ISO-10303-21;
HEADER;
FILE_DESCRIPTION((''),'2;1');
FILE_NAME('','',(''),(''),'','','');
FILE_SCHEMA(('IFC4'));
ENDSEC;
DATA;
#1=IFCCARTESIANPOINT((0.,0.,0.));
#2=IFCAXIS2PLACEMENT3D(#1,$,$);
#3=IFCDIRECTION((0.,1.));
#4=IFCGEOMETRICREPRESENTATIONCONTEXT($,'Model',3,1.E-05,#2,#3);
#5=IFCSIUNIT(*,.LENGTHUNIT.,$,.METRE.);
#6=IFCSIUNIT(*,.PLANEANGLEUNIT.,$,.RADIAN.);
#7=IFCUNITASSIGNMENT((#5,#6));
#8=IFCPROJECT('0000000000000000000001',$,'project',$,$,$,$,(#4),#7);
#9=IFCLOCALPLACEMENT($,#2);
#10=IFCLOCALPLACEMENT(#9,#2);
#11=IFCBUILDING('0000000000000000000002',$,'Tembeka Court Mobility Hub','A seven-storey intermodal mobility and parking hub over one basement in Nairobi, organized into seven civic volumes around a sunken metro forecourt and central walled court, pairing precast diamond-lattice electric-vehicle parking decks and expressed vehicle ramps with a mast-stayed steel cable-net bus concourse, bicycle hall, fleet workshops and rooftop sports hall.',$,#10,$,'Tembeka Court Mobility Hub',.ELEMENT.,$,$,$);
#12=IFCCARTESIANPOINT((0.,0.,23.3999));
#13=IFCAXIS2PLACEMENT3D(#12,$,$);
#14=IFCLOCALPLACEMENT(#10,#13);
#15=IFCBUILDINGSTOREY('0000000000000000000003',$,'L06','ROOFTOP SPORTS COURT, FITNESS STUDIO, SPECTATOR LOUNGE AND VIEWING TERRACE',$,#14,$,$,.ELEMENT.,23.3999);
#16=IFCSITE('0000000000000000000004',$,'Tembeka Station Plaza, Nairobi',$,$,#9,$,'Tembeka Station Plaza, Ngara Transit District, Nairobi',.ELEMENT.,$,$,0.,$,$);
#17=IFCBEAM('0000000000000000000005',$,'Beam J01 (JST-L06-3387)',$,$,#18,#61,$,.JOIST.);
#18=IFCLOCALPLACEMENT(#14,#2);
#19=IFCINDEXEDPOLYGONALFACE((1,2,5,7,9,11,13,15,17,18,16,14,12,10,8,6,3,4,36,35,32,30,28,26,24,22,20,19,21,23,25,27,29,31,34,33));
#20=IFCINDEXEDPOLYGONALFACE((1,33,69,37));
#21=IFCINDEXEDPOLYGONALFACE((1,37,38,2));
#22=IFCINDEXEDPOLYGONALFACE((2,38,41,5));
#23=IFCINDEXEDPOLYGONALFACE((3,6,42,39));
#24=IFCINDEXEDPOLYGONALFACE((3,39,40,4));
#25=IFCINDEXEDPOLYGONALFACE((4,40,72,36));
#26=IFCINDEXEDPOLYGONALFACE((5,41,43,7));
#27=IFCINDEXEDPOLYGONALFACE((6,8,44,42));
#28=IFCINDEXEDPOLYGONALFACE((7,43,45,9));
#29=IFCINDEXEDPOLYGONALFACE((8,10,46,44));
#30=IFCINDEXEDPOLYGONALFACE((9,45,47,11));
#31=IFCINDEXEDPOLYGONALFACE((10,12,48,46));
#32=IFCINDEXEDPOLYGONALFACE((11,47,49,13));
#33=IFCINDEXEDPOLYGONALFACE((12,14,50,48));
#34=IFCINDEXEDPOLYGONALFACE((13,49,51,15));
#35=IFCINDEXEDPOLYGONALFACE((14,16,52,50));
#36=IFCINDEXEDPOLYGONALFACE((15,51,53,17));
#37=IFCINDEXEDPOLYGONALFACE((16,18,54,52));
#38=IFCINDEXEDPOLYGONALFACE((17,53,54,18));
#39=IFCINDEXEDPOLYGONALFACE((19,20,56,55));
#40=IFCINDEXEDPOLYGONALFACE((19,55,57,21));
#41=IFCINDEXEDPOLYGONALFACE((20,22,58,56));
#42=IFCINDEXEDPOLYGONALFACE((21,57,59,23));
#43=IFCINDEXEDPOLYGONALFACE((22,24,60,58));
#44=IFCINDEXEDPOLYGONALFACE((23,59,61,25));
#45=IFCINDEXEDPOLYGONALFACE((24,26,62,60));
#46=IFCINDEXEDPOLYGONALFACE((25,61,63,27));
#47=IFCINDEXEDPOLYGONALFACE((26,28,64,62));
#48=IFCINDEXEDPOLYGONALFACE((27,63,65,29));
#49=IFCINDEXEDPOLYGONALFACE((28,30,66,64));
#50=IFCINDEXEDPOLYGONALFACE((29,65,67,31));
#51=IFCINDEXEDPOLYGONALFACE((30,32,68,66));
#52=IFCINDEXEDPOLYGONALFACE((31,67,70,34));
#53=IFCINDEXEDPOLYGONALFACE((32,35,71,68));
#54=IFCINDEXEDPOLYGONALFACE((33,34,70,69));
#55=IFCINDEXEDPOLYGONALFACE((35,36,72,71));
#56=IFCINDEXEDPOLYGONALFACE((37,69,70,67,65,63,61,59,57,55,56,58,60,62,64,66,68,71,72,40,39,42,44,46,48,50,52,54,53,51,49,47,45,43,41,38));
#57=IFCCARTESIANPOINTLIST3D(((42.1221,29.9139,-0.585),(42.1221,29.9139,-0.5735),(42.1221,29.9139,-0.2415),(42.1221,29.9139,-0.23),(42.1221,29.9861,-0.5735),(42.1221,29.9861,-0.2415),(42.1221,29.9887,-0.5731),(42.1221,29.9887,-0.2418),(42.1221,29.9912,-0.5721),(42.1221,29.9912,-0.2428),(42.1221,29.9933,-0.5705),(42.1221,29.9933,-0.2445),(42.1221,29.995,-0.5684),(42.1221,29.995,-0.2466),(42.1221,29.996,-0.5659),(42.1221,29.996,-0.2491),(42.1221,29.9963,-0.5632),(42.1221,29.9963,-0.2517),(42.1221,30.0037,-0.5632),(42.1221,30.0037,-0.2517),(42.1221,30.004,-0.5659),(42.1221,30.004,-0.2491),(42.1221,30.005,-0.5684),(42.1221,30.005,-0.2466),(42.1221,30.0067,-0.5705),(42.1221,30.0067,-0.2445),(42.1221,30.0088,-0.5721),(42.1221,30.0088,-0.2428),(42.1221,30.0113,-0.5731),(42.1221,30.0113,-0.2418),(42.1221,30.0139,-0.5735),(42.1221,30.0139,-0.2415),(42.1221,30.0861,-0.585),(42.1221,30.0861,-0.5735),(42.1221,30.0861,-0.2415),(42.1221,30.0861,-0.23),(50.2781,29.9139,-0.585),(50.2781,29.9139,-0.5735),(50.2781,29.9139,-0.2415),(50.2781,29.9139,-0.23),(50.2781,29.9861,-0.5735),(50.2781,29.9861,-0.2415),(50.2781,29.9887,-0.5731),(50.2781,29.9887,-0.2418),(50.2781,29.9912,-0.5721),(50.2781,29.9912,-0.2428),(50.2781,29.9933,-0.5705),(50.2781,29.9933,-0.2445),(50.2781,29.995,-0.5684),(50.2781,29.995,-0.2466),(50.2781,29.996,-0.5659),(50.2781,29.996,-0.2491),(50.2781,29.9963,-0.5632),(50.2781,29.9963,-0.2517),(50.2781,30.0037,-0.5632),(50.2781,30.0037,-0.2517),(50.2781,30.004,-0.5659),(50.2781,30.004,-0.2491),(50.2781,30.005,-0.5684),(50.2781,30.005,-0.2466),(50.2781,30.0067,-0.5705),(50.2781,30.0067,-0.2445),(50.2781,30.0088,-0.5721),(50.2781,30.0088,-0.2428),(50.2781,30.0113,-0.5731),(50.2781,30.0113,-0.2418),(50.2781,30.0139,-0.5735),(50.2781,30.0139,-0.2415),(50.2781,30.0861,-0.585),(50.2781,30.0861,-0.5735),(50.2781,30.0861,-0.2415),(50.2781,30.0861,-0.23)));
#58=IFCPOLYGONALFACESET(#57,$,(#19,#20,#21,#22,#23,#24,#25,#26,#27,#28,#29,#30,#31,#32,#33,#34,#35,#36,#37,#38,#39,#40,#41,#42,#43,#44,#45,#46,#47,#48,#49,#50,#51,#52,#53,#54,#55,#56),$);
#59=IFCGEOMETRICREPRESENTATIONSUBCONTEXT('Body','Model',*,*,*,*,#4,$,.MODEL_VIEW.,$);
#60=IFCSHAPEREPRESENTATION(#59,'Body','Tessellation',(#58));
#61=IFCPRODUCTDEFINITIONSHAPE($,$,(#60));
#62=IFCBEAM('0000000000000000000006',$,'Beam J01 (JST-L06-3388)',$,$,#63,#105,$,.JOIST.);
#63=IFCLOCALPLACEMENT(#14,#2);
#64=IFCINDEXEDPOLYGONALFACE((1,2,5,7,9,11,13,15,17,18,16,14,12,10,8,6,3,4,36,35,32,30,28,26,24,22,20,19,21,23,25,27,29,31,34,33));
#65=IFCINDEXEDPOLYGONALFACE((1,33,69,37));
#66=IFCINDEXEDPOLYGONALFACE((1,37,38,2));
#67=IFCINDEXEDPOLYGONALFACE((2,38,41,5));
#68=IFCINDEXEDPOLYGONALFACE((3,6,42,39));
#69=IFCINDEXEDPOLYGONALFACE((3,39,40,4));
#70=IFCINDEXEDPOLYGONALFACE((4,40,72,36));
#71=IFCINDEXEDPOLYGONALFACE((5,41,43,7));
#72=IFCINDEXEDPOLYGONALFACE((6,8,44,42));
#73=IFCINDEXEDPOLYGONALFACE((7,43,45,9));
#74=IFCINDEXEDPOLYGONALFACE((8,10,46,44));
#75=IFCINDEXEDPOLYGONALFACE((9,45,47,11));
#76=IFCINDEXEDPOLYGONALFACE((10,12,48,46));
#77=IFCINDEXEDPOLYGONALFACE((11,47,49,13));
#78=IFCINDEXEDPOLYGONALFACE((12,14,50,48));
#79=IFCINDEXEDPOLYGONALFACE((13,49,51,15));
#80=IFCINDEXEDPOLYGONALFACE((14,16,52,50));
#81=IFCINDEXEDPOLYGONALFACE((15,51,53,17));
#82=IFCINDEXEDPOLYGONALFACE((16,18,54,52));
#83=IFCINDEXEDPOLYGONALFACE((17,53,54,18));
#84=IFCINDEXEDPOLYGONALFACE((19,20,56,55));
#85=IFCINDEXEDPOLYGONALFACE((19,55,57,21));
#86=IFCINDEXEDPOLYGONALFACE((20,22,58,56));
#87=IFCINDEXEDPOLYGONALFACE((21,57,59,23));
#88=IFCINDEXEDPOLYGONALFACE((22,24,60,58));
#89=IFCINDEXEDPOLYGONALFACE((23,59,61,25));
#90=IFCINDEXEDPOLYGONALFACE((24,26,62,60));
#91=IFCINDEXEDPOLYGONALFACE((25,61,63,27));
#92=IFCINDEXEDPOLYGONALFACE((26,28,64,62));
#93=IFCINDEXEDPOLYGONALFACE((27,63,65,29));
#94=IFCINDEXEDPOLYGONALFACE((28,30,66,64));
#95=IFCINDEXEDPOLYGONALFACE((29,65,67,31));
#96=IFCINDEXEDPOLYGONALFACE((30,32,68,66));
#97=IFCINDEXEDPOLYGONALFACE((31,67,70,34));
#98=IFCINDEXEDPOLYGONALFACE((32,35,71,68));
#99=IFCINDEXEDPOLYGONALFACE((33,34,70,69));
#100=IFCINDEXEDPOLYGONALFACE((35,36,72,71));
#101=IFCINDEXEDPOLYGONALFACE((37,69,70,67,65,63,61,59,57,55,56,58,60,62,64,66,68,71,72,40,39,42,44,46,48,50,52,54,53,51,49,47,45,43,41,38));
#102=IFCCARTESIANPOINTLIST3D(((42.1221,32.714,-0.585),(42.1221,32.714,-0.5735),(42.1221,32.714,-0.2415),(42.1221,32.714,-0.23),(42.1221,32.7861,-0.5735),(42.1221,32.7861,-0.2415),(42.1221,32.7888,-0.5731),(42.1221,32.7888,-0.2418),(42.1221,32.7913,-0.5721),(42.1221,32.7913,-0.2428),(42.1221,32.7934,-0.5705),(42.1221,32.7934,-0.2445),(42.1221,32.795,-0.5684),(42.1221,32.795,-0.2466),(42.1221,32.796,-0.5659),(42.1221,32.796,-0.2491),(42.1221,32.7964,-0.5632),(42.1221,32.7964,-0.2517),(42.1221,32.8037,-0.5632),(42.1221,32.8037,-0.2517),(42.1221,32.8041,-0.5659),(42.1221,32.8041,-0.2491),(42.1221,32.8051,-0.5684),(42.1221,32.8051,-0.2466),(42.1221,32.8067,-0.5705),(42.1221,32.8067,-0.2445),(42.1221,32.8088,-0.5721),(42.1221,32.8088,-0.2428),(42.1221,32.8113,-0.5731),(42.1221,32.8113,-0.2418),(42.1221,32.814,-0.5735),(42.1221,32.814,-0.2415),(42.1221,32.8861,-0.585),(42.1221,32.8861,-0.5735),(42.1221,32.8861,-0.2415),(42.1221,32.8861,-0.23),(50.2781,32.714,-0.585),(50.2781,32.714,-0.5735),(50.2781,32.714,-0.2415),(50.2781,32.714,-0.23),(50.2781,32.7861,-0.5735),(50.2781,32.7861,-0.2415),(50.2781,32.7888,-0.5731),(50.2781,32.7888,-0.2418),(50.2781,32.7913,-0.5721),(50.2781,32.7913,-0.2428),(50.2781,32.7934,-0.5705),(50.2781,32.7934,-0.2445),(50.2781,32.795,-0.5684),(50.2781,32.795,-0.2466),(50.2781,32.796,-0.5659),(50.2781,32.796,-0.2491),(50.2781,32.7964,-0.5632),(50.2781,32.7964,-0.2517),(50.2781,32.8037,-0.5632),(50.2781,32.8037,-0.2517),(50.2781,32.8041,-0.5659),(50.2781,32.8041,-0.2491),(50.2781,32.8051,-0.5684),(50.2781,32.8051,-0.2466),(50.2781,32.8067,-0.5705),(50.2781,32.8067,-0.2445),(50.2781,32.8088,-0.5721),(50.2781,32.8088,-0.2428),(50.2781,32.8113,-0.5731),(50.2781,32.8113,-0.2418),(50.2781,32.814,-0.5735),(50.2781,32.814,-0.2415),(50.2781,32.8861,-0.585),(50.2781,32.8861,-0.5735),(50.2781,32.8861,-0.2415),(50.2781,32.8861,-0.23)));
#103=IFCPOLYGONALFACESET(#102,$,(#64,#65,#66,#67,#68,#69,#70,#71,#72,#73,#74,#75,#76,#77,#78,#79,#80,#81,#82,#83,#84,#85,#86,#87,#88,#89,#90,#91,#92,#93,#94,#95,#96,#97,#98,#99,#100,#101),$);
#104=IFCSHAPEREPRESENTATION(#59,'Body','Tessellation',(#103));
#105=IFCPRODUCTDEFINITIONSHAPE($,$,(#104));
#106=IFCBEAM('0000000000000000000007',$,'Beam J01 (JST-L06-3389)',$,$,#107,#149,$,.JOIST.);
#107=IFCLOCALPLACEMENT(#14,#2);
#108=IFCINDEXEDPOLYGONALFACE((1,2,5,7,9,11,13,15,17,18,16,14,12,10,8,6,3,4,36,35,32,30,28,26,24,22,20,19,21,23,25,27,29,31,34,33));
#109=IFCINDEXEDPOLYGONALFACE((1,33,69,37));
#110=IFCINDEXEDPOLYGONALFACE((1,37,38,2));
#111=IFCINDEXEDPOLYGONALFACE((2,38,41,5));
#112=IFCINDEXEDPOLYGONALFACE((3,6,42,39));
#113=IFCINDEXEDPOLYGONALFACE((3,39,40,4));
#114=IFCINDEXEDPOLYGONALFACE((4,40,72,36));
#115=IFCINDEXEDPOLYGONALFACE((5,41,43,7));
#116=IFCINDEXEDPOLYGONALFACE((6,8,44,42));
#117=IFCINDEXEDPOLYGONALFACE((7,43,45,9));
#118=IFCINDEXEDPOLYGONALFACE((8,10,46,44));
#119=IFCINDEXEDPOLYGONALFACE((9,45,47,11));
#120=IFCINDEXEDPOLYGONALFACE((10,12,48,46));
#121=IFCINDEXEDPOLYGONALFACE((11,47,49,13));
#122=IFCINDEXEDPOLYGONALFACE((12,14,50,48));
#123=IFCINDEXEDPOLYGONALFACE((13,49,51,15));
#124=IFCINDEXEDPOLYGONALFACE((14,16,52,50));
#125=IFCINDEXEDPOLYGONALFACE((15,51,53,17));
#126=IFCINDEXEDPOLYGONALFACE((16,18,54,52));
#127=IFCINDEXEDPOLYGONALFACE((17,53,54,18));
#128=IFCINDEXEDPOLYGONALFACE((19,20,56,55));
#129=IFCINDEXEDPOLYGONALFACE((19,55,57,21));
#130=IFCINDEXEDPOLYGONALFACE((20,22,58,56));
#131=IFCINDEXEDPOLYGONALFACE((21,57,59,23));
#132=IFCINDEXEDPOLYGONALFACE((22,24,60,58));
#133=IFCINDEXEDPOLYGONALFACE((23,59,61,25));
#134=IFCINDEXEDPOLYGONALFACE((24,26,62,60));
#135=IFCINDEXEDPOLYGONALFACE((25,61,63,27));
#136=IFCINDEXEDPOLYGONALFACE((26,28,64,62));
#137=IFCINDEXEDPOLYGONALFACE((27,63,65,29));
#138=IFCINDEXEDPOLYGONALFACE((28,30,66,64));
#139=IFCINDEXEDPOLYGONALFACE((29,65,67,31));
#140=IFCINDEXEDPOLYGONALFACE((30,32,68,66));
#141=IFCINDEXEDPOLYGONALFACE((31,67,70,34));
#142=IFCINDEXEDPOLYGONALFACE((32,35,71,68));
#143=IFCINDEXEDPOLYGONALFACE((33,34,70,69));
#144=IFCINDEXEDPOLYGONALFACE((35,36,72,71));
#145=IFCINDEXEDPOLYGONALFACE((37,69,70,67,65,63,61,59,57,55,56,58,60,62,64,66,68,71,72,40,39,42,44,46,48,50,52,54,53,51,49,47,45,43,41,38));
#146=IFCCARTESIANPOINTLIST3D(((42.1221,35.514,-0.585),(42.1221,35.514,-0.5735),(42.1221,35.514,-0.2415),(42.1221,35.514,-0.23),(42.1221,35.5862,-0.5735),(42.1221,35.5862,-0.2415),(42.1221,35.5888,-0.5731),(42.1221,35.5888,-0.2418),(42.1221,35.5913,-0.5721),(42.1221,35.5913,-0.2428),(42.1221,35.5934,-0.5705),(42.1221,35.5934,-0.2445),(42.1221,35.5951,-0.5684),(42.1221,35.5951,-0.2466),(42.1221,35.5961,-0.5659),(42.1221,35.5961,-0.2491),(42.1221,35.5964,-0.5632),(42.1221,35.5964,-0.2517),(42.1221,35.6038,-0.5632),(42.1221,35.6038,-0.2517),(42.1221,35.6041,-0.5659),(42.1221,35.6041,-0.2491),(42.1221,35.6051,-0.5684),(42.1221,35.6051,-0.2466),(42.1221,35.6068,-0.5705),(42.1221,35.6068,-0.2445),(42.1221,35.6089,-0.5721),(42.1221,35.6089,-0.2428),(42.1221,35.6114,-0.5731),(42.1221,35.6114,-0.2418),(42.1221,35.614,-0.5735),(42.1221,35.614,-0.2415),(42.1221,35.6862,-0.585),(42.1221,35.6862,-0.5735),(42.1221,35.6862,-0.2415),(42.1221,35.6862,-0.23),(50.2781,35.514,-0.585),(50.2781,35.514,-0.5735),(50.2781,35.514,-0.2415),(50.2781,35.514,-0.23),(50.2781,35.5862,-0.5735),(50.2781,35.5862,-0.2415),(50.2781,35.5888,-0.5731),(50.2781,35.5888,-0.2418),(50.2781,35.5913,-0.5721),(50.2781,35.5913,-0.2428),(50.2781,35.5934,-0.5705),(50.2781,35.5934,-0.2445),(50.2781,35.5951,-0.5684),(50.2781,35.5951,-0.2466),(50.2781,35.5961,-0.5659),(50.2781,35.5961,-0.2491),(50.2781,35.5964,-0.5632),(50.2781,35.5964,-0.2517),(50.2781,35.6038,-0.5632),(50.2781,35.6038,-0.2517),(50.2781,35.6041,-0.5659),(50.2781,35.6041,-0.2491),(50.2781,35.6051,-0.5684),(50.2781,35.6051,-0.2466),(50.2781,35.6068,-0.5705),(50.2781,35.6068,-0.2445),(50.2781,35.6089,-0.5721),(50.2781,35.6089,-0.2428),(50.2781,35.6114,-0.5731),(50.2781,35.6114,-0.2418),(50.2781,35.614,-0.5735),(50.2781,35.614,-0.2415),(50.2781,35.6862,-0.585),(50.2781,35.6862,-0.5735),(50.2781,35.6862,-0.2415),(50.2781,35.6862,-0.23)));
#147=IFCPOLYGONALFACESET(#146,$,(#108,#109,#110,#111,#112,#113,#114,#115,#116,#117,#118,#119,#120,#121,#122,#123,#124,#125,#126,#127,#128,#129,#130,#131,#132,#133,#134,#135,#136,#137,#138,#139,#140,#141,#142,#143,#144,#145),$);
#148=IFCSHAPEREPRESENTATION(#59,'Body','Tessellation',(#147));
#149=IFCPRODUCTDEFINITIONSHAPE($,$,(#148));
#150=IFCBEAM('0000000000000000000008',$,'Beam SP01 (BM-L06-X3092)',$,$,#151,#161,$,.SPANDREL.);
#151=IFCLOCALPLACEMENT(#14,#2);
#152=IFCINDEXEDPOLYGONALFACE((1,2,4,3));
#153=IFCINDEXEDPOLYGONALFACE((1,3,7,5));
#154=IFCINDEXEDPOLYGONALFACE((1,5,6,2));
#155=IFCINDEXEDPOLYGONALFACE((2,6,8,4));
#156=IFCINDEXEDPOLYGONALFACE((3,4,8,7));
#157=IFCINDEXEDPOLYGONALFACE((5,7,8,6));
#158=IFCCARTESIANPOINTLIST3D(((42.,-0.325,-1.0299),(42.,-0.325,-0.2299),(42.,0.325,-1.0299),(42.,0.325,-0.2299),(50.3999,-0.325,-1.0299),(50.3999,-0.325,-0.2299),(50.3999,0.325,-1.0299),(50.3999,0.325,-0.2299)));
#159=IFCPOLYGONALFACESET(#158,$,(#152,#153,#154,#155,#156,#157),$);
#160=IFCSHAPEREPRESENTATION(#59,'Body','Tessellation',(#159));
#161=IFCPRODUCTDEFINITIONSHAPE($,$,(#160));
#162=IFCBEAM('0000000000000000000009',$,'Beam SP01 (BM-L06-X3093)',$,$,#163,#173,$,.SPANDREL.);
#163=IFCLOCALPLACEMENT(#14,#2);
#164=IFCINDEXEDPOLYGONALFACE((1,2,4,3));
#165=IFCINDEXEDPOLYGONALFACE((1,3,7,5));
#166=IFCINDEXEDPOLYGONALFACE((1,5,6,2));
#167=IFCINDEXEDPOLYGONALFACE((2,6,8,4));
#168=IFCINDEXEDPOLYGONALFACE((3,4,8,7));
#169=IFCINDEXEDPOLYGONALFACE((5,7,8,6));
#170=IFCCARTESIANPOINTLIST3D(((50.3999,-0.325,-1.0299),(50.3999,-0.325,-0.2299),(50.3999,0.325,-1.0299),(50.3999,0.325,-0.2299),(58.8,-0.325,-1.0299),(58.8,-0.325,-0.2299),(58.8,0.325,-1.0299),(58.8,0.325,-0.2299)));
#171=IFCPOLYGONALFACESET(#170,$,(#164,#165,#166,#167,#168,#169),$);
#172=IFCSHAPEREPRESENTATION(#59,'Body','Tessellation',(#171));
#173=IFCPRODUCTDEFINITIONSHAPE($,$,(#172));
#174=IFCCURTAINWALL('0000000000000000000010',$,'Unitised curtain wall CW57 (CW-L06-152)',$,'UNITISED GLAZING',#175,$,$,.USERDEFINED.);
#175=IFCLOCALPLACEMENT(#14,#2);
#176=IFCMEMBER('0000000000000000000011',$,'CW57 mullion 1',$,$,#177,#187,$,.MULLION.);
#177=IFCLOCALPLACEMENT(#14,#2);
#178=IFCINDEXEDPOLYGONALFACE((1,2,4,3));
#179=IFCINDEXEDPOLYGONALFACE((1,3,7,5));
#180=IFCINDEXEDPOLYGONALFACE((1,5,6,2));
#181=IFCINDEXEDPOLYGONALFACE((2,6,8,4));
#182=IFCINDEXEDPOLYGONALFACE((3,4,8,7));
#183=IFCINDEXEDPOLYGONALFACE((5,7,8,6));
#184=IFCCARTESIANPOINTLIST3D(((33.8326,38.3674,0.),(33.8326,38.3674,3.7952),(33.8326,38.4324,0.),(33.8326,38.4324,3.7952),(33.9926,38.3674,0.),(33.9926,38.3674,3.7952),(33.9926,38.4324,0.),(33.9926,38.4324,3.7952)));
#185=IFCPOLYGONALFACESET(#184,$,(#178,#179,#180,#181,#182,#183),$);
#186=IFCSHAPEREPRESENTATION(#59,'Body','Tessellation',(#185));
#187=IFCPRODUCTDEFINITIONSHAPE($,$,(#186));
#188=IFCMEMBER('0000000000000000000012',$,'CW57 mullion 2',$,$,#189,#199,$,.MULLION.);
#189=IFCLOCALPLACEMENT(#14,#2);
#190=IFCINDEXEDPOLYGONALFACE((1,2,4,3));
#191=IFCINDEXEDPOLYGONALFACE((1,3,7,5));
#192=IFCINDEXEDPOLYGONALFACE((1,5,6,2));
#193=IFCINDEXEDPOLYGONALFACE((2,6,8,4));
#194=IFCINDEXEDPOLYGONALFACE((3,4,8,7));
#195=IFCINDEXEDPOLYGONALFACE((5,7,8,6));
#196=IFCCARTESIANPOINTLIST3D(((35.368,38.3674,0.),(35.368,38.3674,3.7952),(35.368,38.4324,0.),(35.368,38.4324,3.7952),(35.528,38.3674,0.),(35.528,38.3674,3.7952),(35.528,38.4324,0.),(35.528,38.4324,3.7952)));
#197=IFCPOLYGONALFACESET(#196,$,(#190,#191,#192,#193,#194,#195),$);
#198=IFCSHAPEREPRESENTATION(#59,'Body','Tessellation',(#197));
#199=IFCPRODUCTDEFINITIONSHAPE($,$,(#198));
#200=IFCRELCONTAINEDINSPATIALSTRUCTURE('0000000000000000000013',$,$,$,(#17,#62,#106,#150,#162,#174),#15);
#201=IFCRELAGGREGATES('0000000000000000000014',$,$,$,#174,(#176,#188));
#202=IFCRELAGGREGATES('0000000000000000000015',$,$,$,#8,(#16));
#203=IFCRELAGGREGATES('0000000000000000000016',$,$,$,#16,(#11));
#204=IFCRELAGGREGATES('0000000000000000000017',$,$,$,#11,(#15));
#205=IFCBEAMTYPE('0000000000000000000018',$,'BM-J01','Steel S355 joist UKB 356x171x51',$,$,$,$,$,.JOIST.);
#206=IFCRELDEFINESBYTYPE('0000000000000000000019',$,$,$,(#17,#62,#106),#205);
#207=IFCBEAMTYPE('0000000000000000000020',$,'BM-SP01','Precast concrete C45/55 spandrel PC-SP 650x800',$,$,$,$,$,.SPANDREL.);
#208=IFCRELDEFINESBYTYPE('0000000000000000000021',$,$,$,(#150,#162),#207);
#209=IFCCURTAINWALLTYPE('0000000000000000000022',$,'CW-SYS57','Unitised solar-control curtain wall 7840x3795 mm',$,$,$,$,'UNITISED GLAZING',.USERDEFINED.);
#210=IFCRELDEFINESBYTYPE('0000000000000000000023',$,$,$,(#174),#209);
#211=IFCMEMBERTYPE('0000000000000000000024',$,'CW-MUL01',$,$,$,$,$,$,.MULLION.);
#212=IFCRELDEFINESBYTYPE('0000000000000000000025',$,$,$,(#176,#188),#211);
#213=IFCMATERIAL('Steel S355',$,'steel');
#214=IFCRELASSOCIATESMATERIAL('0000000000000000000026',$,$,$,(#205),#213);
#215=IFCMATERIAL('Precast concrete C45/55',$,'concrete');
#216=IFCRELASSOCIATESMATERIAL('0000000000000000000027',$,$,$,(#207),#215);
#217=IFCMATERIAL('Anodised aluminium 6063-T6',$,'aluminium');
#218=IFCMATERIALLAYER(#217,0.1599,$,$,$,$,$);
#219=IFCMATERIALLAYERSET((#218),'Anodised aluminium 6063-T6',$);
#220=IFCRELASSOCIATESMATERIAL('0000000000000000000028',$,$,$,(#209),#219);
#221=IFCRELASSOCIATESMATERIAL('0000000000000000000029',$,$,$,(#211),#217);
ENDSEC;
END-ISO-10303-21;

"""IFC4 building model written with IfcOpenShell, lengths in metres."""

from ifc_helpers import new_model, si_unit, direction, frame, origin, origin_2d, place, context, subcontext, project, spatial, rectangle, i_section, extrude, material, layer, layer_set, material_profile, profile_set, type_object, element, aggregate, save


model = new_model("IFC4")

# Units and contexts
model_context = context("Model", 3, precision=1e-05, world=origin(), true_north=direction((0.0, 1.0)))
body_context = subcontext(model_context, "Body", "Model", "MODEL_VIEW")
ifc_project = project(units=[si_unit("LENGTHUNIT", "METRE"), si_unit("PLANEANGLEUNIT", "RADIAN")], contexts=[model_context])

# Site, building, storey
site_placement = place(None, origin())
site = spatial("IfcSite", under=ifc_project, at=site_placement, Name="Tembeka Station Plaza, Nairobi", LongName="Tembeka Station Plaza, Ngara Transit District, Nairobi", CompositionType="ELEMENT", RefElevation=0.0)
building_placement = place(site_placement, origin())
building = spatial("IfcBuilding", under=site, at=building_placement, Name="Tembeka Court Mobility Hub", Description="A seven-storey intermodal mobility and parking hub over one basement in Nairobi, organized into seven civic volumes around a sunken metro forecourt and central walled court, pairing precast diamond-lattice electric-vehicle parking decks and expressed vehicle ramps with a mast-stayed steel cable-net bus concourse, bicycle hall, fleet workshops and rooftop sports hall.", LongName="Tembeka Court Mobility Hub", CompositionType="ELEMENT")
storey_placement = place(building_placement, frame((0.0, 0.0, 23.3999)))
storey = spatial("IfcBuildingStorey", under=building, at=storey_placement, Name="L06", Description="ROOFTOP SPORTS COURT, FITNESS STUDIO, SPECTATOR LOUNGE AND VIEWING TERRACE", CompositionType="ELEMENT", Elevation=23.3999)

# Beams
ifc_material_1 = material(Name="Steel S355", Category="steel")
ifc_material_profile_1 = material_profile(ifc_material_1, i_section(OverallWidth=0.1721, OverallDepth=0.355, WebThickness=0.0073, FlangeThickness=0.0115, FilletRadius=0.0103, at=origin_2d()), Name="UKB 356x171x51")
ifc_profile_set_1 = profile_set([ifc_material_profile_1], Name="Steel S355")
beam_type_1 = type_object("IfcBeamType", Name="BM-J01", Description="Steel S355 joist UKB 356x171x51", PredefinedType="JOIST", material=ifc_profile_set_1)
for number, where, z_axis, x_axis, name in (
    (1, (42.1221, 30.0, -0.4075), (1.0, 0.0, 0.0), (0.0, 1.0, 0.0), "Beam J01 (JST-L06-3387)"),
    (2, (42.1221, 32.8, -0.4075), (1.0, 0.0, 0.0), (0.0, 1.0, 0.0), "Beam J01 (JST-L06-3388)"),
    (3, (42.1221, 35.6001, -0.4075), (1.0, 0.0, 0.0), (0.0, 1.0, 0.0), "Beam J01 (JST-L06-3389)"),
):
    element("IfcBeam", number, at=place(storey_placement, frame(where, z_axis=z_axis, x_axis=x_axis)), inside=storey, type_object=beam_type_1, Name=name, PredefinedType="JOIST", context=body_context, shape_type="SweptSolid", body=[
        extrude(i_section(OverallWidth=0.1721, OverallDepth=0.355, WebThickness=0.0073, FlangeThickness=0.0115, FilletRadius=0.0103, at=origin_2d()), origin(), (0.0, 0.0, 1.0), 8.156),
    ])
ifc_material_2 = material(Name="Precast concrete C45/55", Category="concrete")
ifc_material_profile_2 = material_profile(ifc_material_2, rectangle(XDim=0.6499, YDim=0.8, at=origin_2d()), Name="PC-SP 650x800")
ifc_profile_set_2 = profile_set([ifc_material_profile_2], Name="Precast concrete C45/55")
beam_type_2 = type_object("IfcBeamType", Name="BM-SP01", Description="Precast concrete C45/55 spandrel PC-SP 650x800", PredefinedType="SPANDREL", material=ifc_profile_set_2)
beam_1_placement = place(storey_placement, frame((42.0, 0.0, -0.6299), z_axis=(1.0, 0.0, 0.0), x_axis=(0.0, 1.0, 0.0)))
element("IfcBeam", 4, at=beam_1_placement, inside=storey, type_object=beam_type_2, Name="Beam SP01 (BM-L06-X3092)", PredefinedType="SPANDREL", context=body_context, shape_type="SweptSolid", body=[
    extrude(rectangle(XDim=0.6499, YDim=0.8, at=origin_2d()), origin(), (0.0, 0.0, 1.0), 8.3999),
])
beam_2_placement = place(storey_placement, frame((50.3999, 0.0, -0.6299), z_axis=(1.0, 0.0, 0.0), x_axis=(0.0, 1.0, 0.0)))
element("IfcBeam", 5, at=beam_2_placement, inside=storey, type_object=beam_type_2, Name="Beam SP01 (BM-L06-X3093)", PredefinedType="SPANDREL", context=body_context, shape_type="SweptSolid", body=[
    extrude(rectangle(XDim=0.6499, YDim=0.8, at=origin_2d()), origin(), (0.0, 0.0, 1.0), 8.4001),
])

# Curtain wall, members
ifc_material_3 = material(Name="Anodised aluminium 6063-T6", Category="aluminium")
ifc_layer_1 = layer(ifc_material_3, 0.1599)
ifc_layer_set_1 = layer_set([ifc_layer_1], Name="Anodised aluminium 6063-T6")
curtain_wall_type = type_object("IfcCurtainWallType", Name="CW-SYS57", Description="Unitised solar-control curtain wall 7840x3795 mm", ElementType="UNITISED GLAZING", PredefinedType="USERDEFINED", material=ifc_layer_set_1)
curtain_wall_placement = place(storey_placement, origin())
curtain_wall = element("IfcCurtainWall", 6, at=curtain_wall_placement, inside=storey, type_object=curtain_wall_type, Name="Unitised curtain wall CW57 (CW-L06-152)", ObjectType="UNITISED GLAZING", PredefinedType="USERDEFINED")
ifc_material_profile_3 = material_profile(ifc_material_3, rectangle(XDim=0.0649, YDim=0.1599, at=origin_2d()), Name="ALU-MUL 65x160")
ifc_profile_set_3 = profile_set([ifc_material_profile_3], Name="Anodised aluminium 6063-T6")
member_type_1 = type_object("IfcMemberType", Name="CW-MUL01", PredefinedType="MULLION", material=ifc_profile_set_3)
member_1_placement = place(storey_placement, frame((33.9126, 38.3999, 0.0), z_axis=(0.0, 0.0, 1.0), x_axis=(0.0, 1.0, 0.0)))
member_1 = element("IfcMember", 7, at=member_1_placement, type_object=member_type_1, Name="CW57 mullion 1", PredefinedType="MULLION", context=body_context, shape_type="SweptSolid", body=[
    extrude(rectangle(XDim=0.0649, YDim=0.1599, at=origin_2d()), origin(), (0.0, 0.0, 1.0), 3.7952),
])
member_2_placement = place(storey_placement, frame((35.448, 38.3999, 0.0), z_axis=(0.0, 0.0, 1.0), x_axis=(0.0, 1.0, 0.0)))
member_2 = element("IfcMember", 8, at=member_2_placement, type_object=member_type_1, Name="CW57 mullion 2", PredefinedType="MULLION", context=body_context, shape_type="SweptSolid", body=[
    extrude(rectangle(XDim=0.0649, YDim=0.1599, at=origin_2d()), origin(), (0.0, 0.0, 1.0), 3.7952),
])
aggregate(curtain_wall, [member_1, member_2])

save(model, "model.ifc")
